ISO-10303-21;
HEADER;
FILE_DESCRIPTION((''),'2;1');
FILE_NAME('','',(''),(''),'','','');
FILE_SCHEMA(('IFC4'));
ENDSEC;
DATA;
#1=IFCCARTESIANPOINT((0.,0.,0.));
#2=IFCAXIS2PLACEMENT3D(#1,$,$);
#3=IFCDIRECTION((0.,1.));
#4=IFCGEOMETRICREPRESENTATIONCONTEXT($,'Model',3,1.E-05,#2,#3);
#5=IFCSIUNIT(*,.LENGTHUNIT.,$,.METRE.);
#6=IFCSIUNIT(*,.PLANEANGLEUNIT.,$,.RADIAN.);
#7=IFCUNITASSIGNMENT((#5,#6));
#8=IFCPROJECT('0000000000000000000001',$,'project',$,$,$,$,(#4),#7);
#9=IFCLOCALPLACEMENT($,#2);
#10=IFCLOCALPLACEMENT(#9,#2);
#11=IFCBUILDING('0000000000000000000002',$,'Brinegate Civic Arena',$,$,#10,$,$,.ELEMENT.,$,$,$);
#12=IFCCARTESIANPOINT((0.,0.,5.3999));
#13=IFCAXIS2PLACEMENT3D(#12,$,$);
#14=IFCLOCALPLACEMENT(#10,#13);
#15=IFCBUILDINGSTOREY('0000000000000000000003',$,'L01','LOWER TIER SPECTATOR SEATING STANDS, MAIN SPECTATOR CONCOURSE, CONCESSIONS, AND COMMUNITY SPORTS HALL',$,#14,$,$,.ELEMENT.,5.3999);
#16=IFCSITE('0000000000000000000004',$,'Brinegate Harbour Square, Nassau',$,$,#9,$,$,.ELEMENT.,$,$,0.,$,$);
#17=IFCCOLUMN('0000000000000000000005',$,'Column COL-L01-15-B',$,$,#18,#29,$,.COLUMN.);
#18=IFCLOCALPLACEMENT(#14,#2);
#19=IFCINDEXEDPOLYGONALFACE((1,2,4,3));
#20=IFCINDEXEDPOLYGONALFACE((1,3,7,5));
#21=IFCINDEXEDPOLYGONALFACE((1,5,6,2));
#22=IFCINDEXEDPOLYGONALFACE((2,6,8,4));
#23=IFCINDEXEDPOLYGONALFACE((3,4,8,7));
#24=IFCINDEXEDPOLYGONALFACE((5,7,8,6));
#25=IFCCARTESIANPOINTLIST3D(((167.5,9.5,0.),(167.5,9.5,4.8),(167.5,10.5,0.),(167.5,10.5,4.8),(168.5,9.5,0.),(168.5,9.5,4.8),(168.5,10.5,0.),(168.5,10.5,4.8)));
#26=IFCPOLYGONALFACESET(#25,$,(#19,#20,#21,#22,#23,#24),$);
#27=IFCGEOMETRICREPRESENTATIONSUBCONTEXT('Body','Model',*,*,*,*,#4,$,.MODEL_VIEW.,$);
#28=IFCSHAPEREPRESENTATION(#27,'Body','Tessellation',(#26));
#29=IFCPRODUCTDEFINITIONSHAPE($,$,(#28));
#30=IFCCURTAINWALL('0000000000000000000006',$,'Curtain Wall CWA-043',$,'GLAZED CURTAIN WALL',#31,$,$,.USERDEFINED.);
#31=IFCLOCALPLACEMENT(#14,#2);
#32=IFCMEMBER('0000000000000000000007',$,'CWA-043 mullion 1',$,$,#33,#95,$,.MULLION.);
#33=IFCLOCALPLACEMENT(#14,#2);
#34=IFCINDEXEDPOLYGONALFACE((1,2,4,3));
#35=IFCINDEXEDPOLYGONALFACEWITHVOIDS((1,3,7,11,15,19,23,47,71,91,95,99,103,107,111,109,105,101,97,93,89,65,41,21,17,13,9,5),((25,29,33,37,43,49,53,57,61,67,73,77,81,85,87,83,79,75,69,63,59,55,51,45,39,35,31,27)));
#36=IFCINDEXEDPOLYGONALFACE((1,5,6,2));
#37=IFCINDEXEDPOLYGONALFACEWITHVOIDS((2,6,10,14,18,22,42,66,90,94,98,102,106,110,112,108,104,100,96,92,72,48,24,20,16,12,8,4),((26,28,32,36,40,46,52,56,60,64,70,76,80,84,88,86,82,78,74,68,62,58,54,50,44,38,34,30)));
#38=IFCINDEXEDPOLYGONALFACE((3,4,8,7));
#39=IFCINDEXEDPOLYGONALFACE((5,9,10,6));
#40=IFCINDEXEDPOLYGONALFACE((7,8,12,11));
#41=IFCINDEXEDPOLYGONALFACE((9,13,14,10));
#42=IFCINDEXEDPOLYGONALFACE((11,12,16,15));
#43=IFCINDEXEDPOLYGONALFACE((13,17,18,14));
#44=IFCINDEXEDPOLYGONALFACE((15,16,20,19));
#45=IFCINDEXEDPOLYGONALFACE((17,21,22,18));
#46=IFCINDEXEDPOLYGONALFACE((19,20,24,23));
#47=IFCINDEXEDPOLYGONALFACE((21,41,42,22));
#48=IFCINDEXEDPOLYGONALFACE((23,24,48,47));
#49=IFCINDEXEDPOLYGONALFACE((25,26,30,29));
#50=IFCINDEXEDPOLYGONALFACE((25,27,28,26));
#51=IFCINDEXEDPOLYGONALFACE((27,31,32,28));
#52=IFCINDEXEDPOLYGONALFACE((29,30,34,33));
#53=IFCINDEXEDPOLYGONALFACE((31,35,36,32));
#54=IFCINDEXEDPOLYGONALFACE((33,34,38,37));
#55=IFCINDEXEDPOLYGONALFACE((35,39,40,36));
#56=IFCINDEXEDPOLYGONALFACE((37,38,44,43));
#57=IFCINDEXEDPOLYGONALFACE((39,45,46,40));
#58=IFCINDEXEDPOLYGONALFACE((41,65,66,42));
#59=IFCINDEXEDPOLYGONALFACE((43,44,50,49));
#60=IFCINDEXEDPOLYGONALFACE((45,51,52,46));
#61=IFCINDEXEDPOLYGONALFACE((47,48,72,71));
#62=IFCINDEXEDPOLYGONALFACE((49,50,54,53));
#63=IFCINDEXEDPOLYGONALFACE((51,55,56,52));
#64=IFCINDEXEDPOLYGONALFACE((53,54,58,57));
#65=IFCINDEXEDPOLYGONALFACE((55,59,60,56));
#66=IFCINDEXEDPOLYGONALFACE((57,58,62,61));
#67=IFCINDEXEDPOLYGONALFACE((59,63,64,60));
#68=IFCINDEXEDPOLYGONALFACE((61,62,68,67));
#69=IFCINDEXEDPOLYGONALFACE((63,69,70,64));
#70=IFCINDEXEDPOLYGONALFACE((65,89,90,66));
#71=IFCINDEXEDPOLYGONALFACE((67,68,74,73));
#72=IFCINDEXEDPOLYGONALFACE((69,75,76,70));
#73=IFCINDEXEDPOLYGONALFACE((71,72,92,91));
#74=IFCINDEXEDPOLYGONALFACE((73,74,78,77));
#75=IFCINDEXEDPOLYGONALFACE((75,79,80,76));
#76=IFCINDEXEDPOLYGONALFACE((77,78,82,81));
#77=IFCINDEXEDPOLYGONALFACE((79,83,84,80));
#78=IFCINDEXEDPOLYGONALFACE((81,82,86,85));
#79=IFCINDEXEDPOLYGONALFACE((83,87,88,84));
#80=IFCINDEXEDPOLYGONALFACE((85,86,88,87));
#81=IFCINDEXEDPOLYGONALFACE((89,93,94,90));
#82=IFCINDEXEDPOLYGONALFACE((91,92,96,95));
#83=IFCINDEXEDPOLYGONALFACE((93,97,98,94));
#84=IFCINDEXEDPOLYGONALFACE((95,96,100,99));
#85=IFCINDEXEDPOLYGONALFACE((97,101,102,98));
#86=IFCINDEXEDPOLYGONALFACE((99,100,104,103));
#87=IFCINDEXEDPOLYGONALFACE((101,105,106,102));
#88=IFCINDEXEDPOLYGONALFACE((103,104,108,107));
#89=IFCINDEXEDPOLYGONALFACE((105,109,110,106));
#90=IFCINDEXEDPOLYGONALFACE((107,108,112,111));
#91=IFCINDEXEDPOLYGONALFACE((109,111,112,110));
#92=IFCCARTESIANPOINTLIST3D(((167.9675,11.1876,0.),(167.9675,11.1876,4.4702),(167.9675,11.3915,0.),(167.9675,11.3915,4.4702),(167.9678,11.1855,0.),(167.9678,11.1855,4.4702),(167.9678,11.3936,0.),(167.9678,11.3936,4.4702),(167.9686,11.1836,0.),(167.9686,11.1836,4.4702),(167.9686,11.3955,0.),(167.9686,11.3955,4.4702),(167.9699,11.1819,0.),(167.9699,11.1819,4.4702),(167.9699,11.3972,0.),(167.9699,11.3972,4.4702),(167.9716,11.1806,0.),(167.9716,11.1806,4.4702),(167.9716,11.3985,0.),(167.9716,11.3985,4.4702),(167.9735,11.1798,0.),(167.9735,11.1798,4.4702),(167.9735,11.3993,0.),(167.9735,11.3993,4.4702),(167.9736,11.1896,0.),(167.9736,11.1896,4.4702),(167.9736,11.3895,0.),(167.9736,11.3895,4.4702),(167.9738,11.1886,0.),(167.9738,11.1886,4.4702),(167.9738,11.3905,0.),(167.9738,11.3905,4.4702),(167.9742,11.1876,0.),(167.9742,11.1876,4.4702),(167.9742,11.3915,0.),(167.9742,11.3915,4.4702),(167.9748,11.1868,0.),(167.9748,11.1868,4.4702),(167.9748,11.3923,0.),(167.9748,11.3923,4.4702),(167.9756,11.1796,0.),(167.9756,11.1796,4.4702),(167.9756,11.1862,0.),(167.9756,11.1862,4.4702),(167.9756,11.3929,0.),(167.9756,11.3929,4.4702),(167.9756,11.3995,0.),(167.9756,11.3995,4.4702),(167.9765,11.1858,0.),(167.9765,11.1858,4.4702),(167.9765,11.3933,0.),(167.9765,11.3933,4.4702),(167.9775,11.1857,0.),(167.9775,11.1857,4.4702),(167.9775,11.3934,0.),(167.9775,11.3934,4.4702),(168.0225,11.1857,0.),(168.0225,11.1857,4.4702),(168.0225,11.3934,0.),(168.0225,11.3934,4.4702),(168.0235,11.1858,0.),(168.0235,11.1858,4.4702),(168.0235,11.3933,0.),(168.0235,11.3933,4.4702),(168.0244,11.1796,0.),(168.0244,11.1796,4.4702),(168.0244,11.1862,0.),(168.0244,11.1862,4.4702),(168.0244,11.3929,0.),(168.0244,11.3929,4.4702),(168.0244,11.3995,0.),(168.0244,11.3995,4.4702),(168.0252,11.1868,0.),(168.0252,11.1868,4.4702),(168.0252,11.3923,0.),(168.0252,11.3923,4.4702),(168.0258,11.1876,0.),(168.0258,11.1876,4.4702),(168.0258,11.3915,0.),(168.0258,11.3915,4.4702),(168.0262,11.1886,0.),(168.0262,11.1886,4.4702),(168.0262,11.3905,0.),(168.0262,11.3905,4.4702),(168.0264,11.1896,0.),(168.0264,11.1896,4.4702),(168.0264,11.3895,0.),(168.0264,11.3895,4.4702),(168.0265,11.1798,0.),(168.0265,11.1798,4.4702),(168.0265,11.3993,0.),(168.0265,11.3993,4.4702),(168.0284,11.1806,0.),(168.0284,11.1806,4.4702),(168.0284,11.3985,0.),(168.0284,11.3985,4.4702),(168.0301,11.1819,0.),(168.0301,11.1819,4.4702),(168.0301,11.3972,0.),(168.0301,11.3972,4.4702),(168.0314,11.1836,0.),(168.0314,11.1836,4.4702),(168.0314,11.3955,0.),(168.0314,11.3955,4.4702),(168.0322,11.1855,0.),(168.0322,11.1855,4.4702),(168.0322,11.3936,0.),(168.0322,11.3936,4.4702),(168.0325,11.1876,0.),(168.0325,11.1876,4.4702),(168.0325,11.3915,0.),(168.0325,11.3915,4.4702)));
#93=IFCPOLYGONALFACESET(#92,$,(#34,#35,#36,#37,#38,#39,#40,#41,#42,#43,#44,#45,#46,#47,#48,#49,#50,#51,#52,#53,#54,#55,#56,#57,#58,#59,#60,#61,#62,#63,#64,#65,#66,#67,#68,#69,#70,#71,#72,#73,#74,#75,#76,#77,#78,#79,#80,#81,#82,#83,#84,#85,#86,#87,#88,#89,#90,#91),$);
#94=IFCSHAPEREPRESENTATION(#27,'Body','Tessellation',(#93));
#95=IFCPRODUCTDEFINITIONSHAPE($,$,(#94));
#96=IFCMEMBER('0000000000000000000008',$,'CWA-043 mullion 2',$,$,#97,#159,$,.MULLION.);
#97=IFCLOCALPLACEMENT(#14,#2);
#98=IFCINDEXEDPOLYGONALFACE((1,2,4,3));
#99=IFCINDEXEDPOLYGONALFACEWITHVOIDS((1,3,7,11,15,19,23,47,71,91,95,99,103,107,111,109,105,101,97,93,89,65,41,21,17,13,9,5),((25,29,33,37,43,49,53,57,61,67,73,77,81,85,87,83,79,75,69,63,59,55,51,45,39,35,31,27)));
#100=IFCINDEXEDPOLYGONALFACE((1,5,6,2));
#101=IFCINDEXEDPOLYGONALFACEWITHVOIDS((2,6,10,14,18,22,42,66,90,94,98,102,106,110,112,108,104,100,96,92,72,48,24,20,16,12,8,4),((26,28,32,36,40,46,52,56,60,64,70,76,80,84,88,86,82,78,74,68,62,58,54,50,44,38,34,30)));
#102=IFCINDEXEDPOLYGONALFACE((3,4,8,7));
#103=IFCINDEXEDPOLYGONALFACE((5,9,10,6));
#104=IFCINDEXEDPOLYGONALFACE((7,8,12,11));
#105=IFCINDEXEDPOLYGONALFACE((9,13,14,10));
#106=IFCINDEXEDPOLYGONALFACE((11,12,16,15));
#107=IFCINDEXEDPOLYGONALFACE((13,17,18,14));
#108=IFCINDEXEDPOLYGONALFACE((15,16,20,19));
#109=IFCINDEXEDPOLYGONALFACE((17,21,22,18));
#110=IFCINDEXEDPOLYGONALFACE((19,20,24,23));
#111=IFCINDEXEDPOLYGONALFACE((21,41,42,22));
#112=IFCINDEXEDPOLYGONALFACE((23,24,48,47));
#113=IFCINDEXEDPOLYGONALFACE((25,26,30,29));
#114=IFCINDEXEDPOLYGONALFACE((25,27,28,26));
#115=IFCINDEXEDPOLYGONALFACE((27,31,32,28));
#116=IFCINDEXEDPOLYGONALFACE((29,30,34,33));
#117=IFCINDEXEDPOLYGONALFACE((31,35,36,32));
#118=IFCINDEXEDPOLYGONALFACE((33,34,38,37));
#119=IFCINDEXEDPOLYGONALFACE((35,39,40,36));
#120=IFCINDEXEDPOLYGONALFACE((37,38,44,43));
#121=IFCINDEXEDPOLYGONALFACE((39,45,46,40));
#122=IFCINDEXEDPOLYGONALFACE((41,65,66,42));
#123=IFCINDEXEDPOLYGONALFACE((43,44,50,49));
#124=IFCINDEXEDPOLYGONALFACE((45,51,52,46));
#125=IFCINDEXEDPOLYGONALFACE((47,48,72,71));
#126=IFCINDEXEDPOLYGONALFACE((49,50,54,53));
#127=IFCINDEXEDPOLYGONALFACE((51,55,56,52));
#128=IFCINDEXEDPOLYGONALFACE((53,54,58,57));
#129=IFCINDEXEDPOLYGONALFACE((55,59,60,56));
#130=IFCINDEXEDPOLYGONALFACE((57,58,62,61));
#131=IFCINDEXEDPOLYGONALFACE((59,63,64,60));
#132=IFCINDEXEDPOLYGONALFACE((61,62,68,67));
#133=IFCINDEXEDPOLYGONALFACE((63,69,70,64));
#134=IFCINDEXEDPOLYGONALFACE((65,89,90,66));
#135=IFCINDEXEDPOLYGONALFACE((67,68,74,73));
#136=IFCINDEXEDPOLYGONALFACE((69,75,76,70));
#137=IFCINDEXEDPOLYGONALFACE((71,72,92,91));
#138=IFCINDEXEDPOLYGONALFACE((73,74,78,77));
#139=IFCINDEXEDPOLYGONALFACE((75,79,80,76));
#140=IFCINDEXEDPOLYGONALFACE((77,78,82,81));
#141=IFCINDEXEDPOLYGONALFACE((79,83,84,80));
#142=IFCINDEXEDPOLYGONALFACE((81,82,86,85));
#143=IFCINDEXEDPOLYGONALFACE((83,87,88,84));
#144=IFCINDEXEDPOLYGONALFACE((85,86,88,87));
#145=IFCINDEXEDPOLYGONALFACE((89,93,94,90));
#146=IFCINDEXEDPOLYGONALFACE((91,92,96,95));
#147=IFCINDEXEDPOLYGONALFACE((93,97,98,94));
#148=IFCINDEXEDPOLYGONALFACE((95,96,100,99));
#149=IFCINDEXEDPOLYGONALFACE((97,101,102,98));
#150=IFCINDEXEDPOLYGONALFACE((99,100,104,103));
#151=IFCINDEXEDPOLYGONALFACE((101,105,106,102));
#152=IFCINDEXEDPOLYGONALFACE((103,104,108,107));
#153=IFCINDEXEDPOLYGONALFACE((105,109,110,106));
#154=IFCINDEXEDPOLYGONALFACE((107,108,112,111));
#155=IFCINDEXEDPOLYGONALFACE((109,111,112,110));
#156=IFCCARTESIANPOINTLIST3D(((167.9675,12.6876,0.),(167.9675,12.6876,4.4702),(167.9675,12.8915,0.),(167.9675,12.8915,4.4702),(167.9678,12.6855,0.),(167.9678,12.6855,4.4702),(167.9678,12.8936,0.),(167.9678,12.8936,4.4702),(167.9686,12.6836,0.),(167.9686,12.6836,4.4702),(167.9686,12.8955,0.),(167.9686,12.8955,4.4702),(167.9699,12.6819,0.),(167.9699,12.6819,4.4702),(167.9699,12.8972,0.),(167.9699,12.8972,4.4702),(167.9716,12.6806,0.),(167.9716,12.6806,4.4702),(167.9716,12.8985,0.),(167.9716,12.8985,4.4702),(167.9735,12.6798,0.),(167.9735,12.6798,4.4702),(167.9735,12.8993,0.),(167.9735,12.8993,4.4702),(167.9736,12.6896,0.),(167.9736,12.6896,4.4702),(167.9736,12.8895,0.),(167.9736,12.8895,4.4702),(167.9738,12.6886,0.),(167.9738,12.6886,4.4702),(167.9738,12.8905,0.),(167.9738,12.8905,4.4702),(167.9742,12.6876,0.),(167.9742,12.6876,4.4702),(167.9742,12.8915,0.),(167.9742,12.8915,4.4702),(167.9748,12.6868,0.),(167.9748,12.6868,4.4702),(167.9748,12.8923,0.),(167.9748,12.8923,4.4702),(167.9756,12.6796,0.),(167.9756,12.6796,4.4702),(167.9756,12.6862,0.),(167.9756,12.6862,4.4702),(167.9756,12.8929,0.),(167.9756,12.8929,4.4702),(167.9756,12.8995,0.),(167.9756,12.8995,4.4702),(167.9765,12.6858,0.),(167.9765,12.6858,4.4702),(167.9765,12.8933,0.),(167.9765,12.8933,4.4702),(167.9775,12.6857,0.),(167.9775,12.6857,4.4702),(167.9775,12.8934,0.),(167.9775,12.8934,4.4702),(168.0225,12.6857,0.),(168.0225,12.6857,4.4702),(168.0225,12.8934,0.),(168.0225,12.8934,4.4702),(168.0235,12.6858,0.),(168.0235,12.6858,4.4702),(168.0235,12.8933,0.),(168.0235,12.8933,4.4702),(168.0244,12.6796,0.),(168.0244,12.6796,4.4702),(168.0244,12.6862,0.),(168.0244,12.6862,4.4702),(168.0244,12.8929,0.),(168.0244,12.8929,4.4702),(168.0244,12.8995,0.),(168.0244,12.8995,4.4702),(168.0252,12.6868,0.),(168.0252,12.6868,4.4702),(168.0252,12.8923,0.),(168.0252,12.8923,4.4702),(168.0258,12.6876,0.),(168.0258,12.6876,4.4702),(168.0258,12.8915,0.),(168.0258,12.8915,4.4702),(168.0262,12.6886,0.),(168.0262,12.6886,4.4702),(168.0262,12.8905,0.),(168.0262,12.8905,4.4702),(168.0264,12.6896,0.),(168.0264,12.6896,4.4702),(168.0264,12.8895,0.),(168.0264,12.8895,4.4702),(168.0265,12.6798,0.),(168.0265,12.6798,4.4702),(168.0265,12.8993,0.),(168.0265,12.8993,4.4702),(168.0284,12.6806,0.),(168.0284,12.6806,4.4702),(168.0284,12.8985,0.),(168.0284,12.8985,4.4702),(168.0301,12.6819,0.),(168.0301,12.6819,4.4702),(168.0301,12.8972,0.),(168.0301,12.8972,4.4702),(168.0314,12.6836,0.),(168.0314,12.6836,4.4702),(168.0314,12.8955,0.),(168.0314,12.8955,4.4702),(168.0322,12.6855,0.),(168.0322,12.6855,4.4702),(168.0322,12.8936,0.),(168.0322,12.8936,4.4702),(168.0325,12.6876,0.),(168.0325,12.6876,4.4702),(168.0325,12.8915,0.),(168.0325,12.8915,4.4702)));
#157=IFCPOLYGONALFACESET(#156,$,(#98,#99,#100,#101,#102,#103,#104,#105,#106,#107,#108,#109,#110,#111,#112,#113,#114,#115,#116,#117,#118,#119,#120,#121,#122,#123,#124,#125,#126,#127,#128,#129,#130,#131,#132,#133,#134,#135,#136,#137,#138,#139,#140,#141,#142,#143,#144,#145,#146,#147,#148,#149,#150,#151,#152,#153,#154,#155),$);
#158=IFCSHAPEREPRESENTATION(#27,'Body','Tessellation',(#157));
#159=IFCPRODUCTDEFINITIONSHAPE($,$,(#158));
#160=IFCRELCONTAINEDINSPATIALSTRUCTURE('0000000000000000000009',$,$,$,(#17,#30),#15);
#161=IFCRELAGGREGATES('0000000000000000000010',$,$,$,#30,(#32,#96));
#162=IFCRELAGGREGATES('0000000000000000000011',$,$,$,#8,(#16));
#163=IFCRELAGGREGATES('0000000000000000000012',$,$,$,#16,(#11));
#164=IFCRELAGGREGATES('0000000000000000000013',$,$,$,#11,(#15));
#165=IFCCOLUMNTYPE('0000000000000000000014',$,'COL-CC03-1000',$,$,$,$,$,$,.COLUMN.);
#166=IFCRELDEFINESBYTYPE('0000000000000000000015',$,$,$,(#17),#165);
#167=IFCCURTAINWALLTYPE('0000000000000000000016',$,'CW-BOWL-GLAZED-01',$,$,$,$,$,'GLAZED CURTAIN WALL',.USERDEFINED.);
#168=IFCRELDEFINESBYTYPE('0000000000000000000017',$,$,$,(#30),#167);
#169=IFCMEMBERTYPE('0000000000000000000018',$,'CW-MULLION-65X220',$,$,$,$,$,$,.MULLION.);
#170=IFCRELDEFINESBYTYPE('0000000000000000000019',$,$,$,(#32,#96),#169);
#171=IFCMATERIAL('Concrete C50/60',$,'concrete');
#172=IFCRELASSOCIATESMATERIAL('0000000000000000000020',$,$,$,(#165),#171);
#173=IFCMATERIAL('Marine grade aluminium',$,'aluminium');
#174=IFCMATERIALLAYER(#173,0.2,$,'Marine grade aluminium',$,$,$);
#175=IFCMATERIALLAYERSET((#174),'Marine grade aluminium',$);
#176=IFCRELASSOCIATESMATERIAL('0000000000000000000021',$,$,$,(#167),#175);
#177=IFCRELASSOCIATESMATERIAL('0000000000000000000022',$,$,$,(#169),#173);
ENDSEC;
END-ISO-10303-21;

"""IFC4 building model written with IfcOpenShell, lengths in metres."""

from ifc_helpers import new_model, si_unit, direction, frame, origin, origin_2d, place, context, subcontext, project, spatial, rectangle, hollow_rectangle, extrude, material, layer, layer_set, material_profile, profile_set, type_object, element, aggregate, save


model = new_model("IFC4")

# Units and contexts
model_context = context("Model", 3, precision=1e-05, world=origin(), true_north=direction((0.0, 1.0)))
body_context = subcontext(model_context, "Body", "Model", "MODEL_VIEW")
ifc_project = project(units=[si_unit("LENGTHUNIT", "METRE"), si_unit("PLANEANGLEUNIT", "RADIAN")], contexts=[model_context])

# Site, building, storey
site_placement = place(None, origin())
site = spatial("IfcSite", under=ifc_project, at=site_placement, Name="Brinegate Harbour Square, Nassau", CompositionType="ELEMENT", RefElevation=0.0)
building_placement = place(site_placement, origin())
building = spatial("IfcBuilding", under=site, at=building_placement, Name="Brinegate Civic Arena", CompositionType="ELEMENT")
storey_placement = place(building_placement, frame((0.0, 0.0, 5.3999)))
storey = spatial("IfcBuildingStorey", under=building, at=storey_placement, Name="L01", Description="LOWER TIER SPECTATOR SEATING STANDS, MAIN SPECTATOR CONCOURSE, CONCESSIONS, AND COMMUNITY SPORTS HALL", CompositionType="ELEMENT", Elevation=5.3999)

# Column
ifc_material_1 = material(Name="Concrete C50/60", Category="concrete")
ifc_material_profile_1 = material_profile(ifc_material_1, rectangle(XDim=1.0, YDim=1.0, at=origin_2d()), Name="RC1000X1000")
ifc_profile_set_1 = profile_set([ifc_material_profile_1], Name="Concrete C50/60")
column_type = type_object("IfcColumnType", Name="COL-CC03-1000", PredefinedType="COLUMN", material=ifc_profile_set_1)
column_placement = place(storey_placement, frame((168.0, 10.0, 0.0), z_axis=(0.0, 0.0, 1.0), x_axis=(1.0, 0.0, 0.0)))
element("IfcColumn", 1, at=column_placement, inside=storey, type_object=column_type, Name="Column COL-L01-15-B", PredefinedType="COLUMN", context=body_context, shape_type="SweptSolid", body=[
    extrude(rectangle(XDim=1.0, YDim=1.0, at=origin_2d()), origin(), (0.0, 0.0, 1.0), 4.8),
])

# Curtain wall, members
ifc_material_2 = material(Name="Marine grade aluminium", Category="aluminium")
ifc_layer_1 = layer(ifc_material_2, 0.2, Name="Marine grade aluminium")
ifc_layer_set_1 = layer_set([ifc_layer_1], Name="Marine grade aluminium")
curtain_wall_type = type_object("IfcCurtainWallType", Name="CW-BOWL-GLAZED-01", ElementType="GLAZED CURTAIN WALL", PredefinedType="USERDEFINED", material=ifc_layer_set_1)
curtain_wall_placement = place(storey_placement, origin())
curtain_wall = element("IfcCurtainWall", 2, at=curtain_wall_placement, inside=storey, type_object=curtain_wall_type, Name="Curtain Wall CWA-043", ObjectType="GLAZED CURTAIN WALL", PredefinedType="USERDEFINED")
ifc_material_profile_2 = material_profile(ifc_material_2, hollow_rectangle(XDim=0.0649, YDim=0.22, WallThickness=0.0061, InnerFilletRadius=0.0039, OuterFilletRadius=0.0081, at=origin_2d()), Name="MUL65X220")
ifc_profile_set_2 = profile_set([ifc_material_profile_2], Name="Marine grade aluminium")
member_type_1 = type_object("IfcMemberType", Name="CW-MULLION-65X220", PredefinedType="MULLION", material=ifc_profile_set_2)
member_1_placement = place(storey_placement, frame((168.0, 11.2896, 0.0), z_axis=(0.0, 0.0, 1.0), x_axis=(-1.0, 0.0, 0.0)))
member_1 = element("IfcMember", 3, at=member_1_placement, type_object=member_type_1, Name="CWA-043 mullion 1", PredefinedType="MULLION", context=body_context, shape_type="SweptSolid", body=[
    extrude(hollow_rectangle(XDim=0.0649, YDim=0.22, WallThickness=0.0061, InnerFilletRadius=0.0039, OuterFilletRadius=0.0081, at=origin_2d()), origin(), (0.0, 0.0, 1.0), 4.4702),
])
member_2_placement = place(storey_placement, frame((168.0, 12.7896, 0.0), z_axis=(0.0, 0.0, 1.0), x_axis=(-1.0, 0.0, 0.0)))
member_2 = element("IfcMember", 4, at=member_2_placement, type_object=member_type_1, Name="CWA-043 mullion 2", PredefinedType="MULLION", context=body_context, shape_type="SweptSolid", body=[
    extrude(hollow_rectangle(XDim=0.0649, YDim=0.22, WallThickness=0.0061, InnerFilletRadius=0.0039, OuterFilletRadius=0.0081, at=origin_2d()), origin(), (0.0, 0.0, 1.0), 4.4702),
])

aggregate(curtain_wall, [member_1, member_2])

save(model, "model.ifc")
